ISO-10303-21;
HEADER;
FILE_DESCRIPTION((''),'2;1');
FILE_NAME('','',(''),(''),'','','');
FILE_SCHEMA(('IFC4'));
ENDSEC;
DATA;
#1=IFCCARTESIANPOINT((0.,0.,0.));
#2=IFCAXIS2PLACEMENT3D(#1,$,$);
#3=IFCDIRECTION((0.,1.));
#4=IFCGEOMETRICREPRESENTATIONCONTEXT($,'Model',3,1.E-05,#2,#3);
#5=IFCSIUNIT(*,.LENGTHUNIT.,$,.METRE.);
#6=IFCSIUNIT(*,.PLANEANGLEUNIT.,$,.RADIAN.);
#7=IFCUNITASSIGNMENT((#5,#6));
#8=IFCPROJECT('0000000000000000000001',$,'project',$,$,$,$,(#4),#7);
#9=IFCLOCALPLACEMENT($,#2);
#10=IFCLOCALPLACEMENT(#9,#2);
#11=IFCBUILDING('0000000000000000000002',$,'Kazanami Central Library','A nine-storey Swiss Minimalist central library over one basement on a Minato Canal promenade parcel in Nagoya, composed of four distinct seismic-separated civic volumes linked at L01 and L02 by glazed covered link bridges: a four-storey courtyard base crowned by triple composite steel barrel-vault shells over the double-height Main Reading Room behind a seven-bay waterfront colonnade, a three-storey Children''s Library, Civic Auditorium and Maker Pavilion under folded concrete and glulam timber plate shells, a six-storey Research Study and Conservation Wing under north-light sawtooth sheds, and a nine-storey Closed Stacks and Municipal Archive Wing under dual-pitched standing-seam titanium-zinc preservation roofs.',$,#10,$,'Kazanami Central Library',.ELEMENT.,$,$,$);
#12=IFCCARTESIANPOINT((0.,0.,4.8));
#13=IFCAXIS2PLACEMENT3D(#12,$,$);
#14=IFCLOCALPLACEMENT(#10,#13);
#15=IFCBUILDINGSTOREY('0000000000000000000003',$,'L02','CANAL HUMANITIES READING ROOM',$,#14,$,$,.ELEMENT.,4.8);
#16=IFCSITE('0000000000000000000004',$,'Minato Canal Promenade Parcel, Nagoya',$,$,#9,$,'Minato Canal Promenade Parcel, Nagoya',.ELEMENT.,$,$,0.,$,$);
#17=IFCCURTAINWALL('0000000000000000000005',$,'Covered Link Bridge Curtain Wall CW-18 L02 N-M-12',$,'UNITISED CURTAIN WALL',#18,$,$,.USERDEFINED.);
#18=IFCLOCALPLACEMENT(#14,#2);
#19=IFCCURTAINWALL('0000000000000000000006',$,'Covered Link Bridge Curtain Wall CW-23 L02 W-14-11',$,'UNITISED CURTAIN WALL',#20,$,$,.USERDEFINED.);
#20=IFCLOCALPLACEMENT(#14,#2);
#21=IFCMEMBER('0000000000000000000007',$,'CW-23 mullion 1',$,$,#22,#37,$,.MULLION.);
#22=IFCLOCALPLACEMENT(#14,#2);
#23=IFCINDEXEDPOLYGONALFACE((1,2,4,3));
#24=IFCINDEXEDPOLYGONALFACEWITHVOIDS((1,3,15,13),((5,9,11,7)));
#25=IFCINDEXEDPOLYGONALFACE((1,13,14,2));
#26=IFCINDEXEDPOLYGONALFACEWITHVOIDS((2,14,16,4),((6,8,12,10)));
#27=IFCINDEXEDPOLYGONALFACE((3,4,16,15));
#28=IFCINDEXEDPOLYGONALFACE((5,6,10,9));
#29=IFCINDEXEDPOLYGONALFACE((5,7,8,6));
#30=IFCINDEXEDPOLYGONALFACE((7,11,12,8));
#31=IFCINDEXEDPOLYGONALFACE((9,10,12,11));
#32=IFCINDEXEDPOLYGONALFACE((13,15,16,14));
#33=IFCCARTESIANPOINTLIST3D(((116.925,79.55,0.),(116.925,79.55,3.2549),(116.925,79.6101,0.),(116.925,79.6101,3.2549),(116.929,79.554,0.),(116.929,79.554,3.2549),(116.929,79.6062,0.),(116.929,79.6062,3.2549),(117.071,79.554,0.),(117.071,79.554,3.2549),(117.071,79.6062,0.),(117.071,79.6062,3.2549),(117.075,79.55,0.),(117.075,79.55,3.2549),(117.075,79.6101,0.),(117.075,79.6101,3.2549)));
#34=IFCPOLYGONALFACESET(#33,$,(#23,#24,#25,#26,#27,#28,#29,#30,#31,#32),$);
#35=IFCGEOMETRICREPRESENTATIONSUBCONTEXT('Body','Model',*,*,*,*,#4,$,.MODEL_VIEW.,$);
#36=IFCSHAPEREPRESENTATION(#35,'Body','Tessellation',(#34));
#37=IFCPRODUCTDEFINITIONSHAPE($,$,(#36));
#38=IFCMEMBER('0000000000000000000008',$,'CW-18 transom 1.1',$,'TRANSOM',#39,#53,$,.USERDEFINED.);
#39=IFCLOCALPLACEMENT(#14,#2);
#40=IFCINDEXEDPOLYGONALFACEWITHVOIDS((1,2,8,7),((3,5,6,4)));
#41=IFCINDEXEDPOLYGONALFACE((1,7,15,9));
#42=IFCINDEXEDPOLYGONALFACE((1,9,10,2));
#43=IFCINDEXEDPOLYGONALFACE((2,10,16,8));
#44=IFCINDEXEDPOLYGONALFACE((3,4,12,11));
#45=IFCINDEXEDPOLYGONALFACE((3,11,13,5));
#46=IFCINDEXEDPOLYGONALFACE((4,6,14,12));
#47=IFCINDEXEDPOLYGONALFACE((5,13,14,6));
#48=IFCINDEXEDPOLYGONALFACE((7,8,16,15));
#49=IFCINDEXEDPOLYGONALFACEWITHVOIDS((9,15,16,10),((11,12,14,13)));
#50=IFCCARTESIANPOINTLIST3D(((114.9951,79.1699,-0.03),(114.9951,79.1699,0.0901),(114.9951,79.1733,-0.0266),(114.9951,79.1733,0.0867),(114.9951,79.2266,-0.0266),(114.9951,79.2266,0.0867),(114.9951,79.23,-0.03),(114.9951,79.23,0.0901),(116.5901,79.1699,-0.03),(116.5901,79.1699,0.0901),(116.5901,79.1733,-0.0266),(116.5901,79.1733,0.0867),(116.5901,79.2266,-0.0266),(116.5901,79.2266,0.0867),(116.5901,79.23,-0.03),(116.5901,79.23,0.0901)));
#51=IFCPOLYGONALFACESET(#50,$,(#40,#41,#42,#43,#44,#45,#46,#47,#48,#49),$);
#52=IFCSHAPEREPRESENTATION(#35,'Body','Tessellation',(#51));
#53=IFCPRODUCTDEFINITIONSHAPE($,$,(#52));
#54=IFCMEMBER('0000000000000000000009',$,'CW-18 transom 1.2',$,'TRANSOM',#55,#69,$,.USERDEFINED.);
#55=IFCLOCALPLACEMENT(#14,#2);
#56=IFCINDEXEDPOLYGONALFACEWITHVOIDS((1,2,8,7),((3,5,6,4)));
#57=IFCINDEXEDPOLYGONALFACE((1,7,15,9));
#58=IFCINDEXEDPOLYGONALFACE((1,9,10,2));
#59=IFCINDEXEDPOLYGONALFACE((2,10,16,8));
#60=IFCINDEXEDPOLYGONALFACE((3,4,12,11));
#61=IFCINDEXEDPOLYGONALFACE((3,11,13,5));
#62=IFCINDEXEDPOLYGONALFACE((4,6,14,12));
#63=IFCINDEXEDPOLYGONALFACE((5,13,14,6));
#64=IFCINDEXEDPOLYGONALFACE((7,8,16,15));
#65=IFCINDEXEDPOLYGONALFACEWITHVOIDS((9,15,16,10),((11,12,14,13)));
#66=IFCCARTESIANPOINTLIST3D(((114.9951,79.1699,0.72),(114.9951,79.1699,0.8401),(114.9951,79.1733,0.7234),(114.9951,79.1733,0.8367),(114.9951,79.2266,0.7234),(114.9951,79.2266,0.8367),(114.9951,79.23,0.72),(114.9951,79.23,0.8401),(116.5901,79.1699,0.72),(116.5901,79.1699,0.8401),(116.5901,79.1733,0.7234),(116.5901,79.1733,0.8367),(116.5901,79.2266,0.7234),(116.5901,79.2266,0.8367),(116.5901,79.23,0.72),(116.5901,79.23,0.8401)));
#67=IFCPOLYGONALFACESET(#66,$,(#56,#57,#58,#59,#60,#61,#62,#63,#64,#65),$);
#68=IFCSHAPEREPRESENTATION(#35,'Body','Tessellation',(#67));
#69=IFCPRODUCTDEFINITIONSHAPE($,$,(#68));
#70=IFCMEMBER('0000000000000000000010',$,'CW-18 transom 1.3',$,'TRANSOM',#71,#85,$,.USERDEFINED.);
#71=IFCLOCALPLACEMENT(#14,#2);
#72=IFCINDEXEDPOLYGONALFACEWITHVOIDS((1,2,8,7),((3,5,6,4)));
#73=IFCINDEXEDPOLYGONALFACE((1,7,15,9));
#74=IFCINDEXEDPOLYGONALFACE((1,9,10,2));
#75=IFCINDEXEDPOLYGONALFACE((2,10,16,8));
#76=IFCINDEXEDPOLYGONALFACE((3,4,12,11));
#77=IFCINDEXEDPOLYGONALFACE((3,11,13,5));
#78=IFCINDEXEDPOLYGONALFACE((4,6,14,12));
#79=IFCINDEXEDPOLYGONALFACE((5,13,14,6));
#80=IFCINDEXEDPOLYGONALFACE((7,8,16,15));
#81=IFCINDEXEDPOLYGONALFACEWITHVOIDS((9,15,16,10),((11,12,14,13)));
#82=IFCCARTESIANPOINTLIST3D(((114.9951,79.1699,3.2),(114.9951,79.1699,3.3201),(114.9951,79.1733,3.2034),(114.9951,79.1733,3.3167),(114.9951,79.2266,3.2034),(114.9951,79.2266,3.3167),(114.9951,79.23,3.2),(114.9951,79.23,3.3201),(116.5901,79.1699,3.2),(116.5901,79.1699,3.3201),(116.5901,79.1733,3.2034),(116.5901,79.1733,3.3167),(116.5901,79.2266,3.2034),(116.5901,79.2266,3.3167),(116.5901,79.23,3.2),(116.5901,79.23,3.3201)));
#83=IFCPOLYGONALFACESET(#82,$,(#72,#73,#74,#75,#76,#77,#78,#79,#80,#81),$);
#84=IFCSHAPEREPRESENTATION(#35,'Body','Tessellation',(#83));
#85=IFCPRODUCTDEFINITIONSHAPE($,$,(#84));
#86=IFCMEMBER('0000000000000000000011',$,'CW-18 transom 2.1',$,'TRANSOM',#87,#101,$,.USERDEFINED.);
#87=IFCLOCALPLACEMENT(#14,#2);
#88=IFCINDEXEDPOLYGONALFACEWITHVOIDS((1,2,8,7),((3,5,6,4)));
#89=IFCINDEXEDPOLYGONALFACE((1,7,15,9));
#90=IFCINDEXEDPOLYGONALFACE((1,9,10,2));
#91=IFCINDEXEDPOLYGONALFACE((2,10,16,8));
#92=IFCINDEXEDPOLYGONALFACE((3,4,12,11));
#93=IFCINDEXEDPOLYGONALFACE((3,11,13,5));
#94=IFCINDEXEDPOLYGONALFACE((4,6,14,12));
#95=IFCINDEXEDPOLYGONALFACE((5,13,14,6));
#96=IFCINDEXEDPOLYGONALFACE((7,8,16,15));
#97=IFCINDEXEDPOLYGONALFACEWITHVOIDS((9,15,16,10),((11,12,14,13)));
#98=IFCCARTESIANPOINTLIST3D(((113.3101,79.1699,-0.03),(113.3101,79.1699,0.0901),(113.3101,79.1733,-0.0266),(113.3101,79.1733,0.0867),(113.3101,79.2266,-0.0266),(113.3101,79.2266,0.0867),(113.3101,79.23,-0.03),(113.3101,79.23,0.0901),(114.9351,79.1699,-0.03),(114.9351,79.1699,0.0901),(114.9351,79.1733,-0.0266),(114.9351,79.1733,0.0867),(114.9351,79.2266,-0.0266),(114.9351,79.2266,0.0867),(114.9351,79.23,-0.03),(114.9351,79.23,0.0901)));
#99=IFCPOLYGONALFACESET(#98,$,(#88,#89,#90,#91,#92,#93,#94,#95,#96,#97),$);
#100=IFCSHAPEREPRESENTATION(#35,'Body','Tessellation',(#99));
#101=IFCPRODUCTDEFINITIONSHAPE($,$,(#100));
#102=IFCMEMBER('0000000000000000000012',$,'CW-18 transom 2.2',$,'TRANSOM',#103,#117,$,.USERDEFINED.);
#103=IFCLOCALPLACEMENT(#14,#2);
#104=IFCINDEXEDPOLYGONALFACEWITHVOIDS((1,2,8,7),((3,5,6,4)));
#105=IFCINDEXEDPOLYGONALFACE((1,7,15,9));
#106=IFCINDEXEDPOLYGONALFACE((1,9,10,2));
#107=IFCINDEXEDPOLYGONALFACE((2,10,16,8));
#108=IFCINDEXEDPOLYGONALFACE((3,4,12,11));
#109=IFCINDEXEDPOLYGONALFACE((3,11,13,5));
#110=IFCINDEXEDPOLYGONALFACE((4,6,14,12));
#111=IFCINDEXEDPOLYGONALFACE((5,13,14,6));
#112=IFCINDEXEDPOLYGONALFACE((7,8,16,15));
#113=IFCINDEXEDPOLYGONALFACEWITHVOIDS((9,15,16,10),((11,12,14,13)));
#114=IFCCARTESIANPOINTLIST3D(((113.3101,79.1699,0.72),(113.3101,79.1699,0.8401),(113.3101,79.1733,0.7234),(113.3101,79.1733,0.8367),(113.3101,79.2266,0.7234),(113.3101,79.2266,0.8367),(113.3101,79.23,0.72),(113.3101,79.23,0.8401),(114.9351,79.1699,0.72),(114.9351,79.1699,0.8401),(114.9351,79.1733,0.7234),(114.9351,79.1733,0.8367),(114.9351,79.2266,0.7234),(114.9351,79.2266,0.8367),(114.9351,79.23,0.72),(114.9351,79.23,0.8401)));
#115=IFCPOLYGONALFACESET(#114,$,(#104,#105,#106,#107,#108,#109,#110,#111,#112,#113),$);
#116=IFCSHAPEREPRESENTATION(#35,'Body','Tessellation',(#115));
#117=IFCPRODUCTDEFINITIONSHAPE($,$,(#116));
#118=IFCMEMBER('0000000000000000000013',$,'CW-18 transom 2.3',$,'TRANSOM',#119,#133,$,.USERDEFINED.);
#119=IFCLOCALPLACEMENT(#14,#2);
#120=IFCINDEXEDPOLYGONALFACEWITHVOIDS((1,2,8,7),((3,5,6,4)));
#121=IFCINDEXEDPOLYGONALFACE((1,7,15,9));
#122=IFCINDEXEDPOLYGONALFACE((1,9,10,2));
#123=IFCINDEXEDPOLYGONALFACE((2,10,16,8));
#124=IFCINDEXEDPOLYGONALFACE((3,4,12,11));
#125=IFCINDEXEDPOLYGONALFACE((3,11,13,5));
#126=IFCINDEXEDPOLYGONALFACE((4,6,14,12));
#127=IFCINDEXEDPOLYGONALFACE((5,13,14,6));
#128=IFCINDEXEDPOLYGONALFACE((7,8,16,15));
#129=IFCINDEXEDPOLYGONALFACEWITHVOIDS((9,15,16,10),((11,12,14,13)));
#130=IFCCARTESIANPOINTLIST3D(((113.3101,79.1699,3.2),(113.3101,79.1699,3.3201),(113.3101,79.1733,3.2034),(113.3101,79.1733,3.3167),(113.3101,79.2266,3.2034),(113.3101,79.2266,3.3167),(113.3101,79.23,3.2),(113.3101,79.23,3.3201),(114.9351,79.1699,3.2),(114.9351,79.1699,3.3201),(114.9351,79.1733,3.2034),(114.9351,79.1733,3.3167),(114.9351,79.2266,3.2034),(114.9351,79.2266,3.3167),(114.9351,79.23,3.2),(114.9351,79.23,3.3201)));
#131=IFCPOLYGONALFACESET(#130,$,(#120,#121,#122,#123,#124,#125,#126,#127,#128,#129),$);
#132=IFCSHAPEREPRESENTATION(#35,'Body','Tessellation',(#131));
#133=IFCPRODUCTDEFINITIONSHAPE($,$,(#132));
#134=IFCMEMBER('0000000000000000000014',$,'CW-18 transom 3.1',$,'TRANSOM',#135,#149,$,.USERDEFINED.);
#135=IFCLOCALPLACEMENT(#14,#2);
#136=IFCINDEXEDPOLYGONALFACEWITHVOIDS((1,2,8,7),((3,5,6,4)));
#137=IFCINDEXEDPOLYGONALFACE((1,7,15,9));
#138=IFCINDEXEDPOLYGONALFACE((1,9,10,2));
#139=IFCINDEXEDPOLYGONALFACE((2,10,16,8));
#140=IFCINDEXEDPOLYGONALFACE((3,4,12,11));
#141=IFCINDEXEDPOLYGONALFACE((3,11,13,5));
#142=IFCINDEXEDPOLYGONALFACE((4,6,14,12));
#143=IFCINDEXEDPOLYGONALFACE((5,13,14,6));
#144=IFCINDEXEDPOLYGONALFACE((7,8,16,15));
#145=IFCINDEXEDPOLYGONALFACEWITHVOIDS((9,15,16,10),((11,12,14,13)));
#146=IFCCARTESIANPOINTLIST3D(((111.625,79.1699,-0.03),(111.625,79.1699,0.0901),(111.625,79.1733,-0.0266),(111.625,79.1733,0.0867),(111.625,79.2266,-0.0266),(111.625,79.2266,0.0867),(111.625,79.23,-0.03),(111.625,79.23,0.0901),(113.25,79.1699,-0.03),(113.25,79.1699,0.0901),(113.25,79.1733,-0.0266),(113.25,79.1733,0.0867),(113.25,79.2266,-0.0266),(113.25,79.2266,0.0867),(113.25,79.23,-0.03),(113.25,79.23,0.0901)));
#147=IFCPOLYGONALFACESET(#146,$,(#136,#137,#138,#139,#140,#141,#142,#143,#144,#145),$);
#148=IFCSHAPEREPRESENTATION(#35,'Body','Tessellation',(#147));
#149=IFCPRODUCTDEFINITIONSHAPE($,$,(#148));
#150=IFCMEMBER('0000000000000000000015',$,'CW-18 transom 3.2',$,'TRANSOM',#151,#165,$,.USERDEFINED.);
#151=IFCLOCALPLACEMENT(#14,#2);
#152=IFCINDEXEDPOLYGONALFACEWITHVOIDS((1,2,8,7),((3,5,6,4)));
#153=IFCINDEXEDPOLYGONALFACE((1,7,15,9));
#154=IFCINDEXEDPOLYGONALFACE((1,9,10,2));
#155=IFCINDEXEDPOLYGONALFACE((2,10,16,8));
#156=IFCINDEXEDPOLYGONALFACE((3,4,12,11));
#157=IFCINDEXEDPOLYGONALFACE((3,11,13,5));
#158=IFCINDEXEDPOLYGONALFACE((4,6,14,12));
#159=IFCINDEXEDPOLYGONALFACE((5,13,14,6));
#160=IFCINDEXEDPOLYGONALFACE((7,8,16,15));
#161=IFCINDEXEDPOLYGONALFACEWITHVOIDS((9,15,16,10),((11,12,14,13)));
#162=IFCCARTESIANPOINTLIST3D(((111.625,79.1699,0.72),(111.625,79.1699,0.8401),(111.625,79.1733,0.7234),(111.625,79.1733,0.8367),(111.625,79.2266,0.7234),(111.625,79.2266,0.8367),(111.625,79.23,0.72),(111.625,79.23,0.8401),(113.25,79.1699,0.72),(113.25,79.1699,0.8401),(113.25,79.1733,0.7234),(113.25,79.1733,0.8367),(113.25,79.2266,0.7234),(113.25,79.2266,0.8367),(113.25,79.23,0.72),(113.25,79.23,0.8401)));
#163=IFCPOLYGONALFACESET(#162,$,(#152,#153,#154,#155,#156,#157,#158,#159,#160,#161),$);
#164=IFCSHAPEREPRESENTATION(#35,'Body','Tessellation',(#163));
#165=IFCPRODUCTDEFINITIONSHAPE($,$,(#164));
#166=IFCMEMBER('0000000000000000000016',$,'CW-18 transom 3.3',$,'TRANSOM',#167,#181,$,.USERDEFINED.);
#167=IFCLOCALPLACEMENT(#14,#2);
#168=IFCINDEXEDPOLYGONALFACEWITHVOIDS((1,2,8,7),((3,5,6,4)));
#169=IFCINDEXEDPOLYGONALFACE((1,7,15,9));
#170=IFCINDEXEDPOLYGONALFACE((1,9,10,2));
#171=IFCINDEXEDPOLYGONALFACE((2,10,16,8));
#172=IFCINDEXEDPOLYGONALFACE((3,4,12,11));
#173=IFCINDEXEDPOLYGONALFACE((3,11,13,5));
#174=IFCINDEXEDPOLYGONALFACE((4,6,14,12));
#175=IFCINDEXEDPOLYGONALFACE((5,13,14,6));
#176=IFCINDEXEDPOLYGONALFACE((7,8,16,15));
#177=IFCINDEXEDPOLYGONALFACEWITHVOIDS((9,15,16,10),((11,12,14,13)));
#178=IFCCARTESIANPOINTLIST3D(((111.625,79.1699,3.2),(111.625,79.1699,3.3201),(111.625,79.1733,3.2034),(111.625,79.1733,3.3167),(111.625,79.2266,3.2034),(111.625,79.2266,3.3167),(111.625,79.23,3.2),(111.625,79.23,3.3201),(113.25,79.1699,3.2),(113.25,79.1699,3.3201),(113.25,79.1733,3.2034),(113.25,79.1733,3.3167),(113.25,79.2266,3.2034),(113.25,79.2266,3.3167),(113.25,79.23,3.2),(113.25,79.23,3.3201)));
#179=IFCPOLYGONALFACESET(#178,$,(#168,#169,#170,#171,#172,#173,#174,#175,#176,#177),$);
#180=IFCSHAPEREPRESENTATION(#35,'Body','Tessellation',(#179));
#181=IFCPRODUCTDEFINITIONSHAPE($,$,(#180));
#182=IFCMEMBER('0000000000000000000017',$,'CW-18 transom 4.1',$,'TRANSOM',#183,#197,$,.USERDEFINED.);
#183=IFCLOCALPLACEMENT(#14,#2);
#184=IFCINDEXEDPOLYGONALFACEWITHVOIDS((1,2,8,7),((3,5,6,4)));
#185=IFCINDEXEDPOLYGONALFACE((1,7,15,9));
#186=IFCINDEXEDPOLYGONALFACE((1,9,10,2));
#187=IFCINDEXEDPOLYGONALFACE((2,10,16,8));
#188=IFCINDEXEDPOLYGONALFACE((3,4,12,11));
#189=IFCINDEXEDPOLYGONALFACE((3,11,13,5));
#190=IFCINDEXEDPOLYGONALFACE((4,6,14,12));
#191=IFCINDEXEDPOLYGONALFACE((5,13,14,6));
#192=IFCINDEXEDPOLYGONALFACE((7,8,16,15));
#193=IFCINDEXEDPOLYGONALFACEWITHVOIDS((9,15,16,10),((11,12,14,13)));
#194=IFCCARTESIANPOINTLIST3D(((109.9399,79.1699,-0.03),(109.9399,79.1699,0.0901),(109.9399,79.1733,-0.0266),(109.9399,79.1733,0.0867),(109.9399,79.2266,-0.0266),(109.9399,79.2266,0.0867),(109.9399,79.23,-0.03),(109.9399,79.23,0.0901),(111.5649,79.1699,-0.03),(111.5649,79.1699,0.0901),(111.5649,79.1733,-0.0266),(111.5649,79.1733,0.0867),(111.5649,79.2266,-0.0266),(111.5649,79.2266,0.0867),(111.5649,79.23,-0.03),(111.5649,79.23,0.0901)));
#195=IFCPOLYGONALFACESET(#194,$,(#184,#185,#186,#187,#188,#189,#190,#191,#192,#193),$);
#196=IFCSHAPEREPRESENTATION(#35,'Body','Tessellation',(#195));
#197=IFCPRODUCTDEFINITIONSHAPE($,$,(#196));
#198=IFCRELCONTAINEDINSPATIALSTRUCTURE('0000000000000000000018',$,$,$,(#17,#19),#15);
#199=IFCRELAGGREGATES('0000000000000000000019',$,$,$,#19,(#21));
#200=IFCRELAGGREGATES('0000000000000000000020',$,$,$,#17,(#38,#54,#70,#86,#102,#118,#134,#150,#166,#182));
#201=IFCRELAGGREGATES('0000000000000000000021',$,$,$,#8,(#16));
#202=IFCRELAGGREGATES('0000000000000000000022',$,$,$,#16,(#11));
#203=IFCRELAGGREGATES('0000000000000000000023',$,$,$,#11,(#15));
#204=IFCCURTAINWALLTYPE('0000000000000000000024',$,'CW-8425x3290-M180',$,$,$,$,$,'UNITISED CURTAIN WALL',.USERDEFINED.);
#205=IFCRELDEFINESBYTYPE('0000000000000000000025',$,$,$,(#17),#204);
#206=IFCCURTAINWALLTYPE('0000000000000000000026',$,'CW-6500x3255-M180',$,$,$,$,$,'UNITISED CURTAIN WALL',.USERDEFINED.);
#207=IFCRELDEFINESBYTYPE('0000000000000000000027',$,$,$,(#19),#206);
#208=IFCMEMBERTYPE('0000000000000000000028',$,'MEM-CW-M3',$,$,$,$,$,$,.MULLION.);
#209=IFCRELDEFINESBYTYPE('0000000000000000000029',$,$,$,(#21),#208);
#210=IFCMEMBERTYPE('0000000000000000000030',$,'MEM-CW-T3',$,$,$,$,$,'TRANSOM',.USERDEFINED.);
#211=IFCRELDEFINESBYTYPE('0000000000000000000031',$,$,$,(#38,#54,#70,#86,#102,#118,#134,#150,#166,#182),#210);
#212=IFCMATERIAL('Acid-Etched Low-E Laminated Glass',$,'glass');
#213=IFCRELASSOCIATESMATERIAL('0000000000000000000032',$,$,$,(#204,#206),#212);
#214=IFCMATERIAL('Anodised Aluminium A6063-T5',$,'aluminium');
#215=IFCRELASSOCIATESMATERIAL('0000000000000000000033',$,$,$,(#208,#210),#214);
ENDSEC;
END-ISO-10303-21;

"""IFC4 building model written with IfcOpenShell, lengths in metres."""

from ifc_helpers import new_model, si_unit, direction, frame, origin, origin_2d, place, context, subcontext, project, spatial, hollow_rectangle, extrude, material, material_profile, profile_set, type_object, element, aggregate, save


model = new_model("IFC4")

# Units and contexts
model_context = context("Model", 3, precision=1e-05, world=origin(), true_north=direction((0.0, 1.0)))
body_context = subcontext(model_context, "Body", "Model", "MODEL_VIEW")
ifc_project = project(units=[si_unit("LENGTHUNIT", "METRE"), si_unit("PLANEANGLEUNIT", "RADIAN")], contexts=[model_context])

# Site, building, storey
site_placement = place(None, origin())
site = spatial("IfcSite", under=ifc_project, at=site_placement, Name="Minato Canal Promenade Parcel, Nagoya", LongName="Minato Canal Promenade Parcel, Nagoya", CompositionType="ELEMENT", RefElevation=0.0)
building_placement = place(site_placement, origin())
building = spatial("IfcBuilding", under=site, at=building_placement, Name="Kazanami Central Library", Description="A nine-storey Swiss Minimalist central library over one basement on a Minato Canal promenade parcel in Nagoya, composed of four distinct seismic-separated civic volumes linked at L01 and L02 by glazed covered link bridges: a four-storey courtyard base crowned by triple composite steel barrel-vault shells over the double-height Main Reading Room behind a seven-bay waterfront colonnade, a three-storey Children's Library, Civic Auditorium and Maker Pavilion under folded concrete and glulam timber plate shells, a six-storey Research Study and Conservation Wing under north-light sawtooth sheds, and a nine-storey Closed Stacks and Municipal Archive Wing under dual-pitched standing-seam titanium-zinc preservation roofs.", LongName="Kazanami Central Library", CompositionType="ELEMENT")
storey_placement = place(building_placement, frame((0.0, 0.0, 4.8)))
storey = spatial("IfcBuildingStorey", under=building, at=storey_placement, Name="L02", Description="CANAL HUMANITIES READING ROOM", CompositionType="ELEMENT", Elevation=4.8)

# Shared definitions
ifc_material_1 = material(Name="Acid-Etched Low-E Laminated Glass", Category="glass")
ifc_material_2 = material(Name="Anodised Aluminium A6063-T5", Category="aluminium")

# Curtain wall
curtain_wall_type_1 = type_object("IfcCurtainWallType", Name="CW-8425x3290-M180", ElementType="UNITISED CURTAIN WALL", PredefinedType="USERDEFINED", material=ifc_material_1)
curtain_wall_1_placement = place(storey_placement, origin())
curtain_wall_1 = element("IfcCurtainWall", 1, at=curtain_wall_1_placement, inside=storey, type_object=curtain_wall_type_1, Name="Covered Link Bridge Curtain Wall CW-18 L02 N-M-12", ObjectType="UNITISED CURTAIN WALL", PredefinedType="USERDEFINED")
ifc_material_profile_1 = material_profile(ifc_material_2, hollow_rectangle(XDim=0.0601, YDim=0.1499, WallThickness=0.0039, at=origin_2d()), Name="ALU-MULL-60x150x4")
ifc_profile_set_1 = profile_set([ifc_material_profile_1], Name="Anodised Aluminium A6063-T5")
member_type_1 = type_object("IfcMemberType", Name="MEM-CW-M3", PredefinedType="MULLION", material=ifc_profile_set_1)

# Curtain wall, member
curtain_wall_type_2 = type_object("IfcCurtainWallType", Name="CW-6500x3255-M180", ElementType="UNITISED CURTAIN WALL", PredefinedType="USERDEFINED", material=ifc_material_1)
curtain_wall_2_placement = place(storey_placement, origin())
curtain_wall_2 = element("IfcCurtainWall", 2, at=curtain_wall_2_placement, inside=storey, type_object=curtain_wall_type_2, Name="Covered Link Bridge Curtain Wall CW-23 L02 W-14-11", ObjectType="UNITISED CURTAIN WALL", PredefinedType="USERDEFINED")
member_1_placement = place(storey_placement, frame((117.0, 79.5801, 0.0), z_axis=(0.0, 0.0, 1.0), x_axis=(0.0, 1.0, 0.0)))
member_1 = element("IfcMember", 3, at=member_1_placement, type_object=member_type_1, Name="CW-23 mullion 1", PredefinedType="MULLION", context=body_context, shape_type="SweptSolid", body=[
    extrude(hollow_rectangle(XDim=0.0601, YDim=0.1499, WallThickness=0.0039, at=origin_2d()), origin(), (0.0, 0.0, 1.0), 3.2549),
])
aggregate(curtain_wall_2, [member_1])

# Members
ifc_material_profile_2 = material_profile(ifc_material_2, hollow_rectangle(XDim=0.0601, YDim=0.1201, WallThickness=0.0034, at=origin_2d()), Name="ALU-TRAN-60x120x3.5")
ifc_profile_set_2 = profile_set([ifc_material_profile_2], Name="Anodised Aluminium A6063-T5")
member_type_2 = type_object("IfcMemberType", Name="MEM-CW-T3", ElementType="TRANSOM", PredefinedType="USERDEFINED", material=ifc_profile_set_2)
member_2_placement = place(storey_placement, frame((116.5901, 79.2, 0.03), z_axis=(-1.0, 0.0, 0.0), x_axis=(0.0, -1.0, 0.0)))
member_2 = element("IfcMember", 4, at=member_2_placement, type_object=member_type_2, Name="CW-18 transom 1.1", ObjectType="TRANSOM", PredefinedType="USERDEFINED", context=body_context, shape_type="SweptSolid", body=[
    extrude(hollow_rectangle(XDim=0.0601, YDim=0.1201, WallThickness=0.0034, at=origin_2d()), origin(), (0.0, 0.0, 1.0), 1.595),
])
member_3_placement = place(storey_placement, frame((116.5901, 79.2, 0.78), z_axis=(-1.0, 0.0, 0.0), x_axis=(0.0, -1.0, 0.0)))
member_3 = element("IfcMember", 5, at=member_3_placement, type_object=member_type_2, Name="CW-18 transom 1.2", ObjectType="TRANSOM", PredefinedType="USERDEFINED", context=body_context, shape_type="SweptSolid", body=[
    extrude(hollow_rectangle(XDim=0.0601, YDim=0.1201, WallThickness=0.0034, at=origin_2d()), origin(), (0.0, 0.0, 1.0), 1.595),
])
member_4_placement = place(storey_placement, frame((116.5901, 79.2, 3.26), z_axis=(-1.0, 0.0, 0.0), x_axis=(0.0, -1.0, 0.0)))
member_4 = element("IfcMember", 6, at=member_4_placement, type_object=member_type_2, Name="CW-18 transom 1.3", ObjectType="TRANSOM", PredefinedType="USERDEFINED", context=body_context, shape_type="SweptSolid", body=[
    extrude(hollow_rectangle(XDim=0.0601, YDim=0.1201, WallThickness=0.0034, at=origin_2d()), origin(), (0.0, 0.0, 1.0), 1.595),
])
member_5_placement = place(storey_placement, frame((114.9351, 79.2, 0.03), z_axis=(-1.0, 0.0, 0.0), x_axis=(0.0, -1.0, 0.0)))
member_5 = element("IfcMember", 7, at=member_5_placement, type_object=member_type_2, Name="CW-18 transom 2.1", ObjectType="TRANSOM", PredefinedType="USERDEFINED", context=body_context, shape_type="SweptSolid", body=[
    extrude(hollow_rectangle(XDim=0.0601, YDim=0.1201, WallThickness=0.0034, at=origin_2d()), origin(), (0.0, 0.0, 1.0), 1.625),
])
member_6_placement = place(storey_placement, frame((114.9351, 79.2, 0.78), z_axis=(-1.0, 0.0, 0.0), x_axis=(0.0, -1.0, 0.0)))
member_6 = element("IfcMember", 8, at=member_6_placement, type_object=member_type_2, Name="CW-18 transom 2.2", ObjectType="TRANSOM", PredefinedType="USERDEFINED", context=body_context, shape_type="SweptSolid", body=[
    extrude(hollow_rectangle(XDim=0.0601, YDim=0.1201, WallThickness=0.0034, at=origin_2d()), origin(), (0.0, 0.0, 1.0), 1.625),
])
member_7_placement = place(storey_placement, frame((114.9351, 79.2, 3.26), z_axis=(-1.0, 0.0, 0.0), x_axis=(0.0, -1.0, 0.0)))
member_7 = element("IfcMember", 9, at=member_7_placement, type_object=member_type_2, Name="CW-18 transom 2.3", ObjectType="TRANSOM", PredefinedType="USERDEFINED", context=body_context, shape_type="SweptSolid", body=[
    extrude(hollow_rectangle(XDim=0.0601, YDim=0.1201, WallThickness=0.0034, at=origin_2d()), origin(), (0.0, 0.0, 1.0), 1.625),
])
member_8_placement = place(storey_placement, frame((113.25, 79.2, 0.03), z_axis=(-1.0, 0.0, 0.0), x_axis=(0.0, -1.0, 0.0)))
member_8 = element("IfcMember", 10, at=member_8_placement, type_object=member_type_2, Name="CW-18 transom 3.1", ObjectType="TRANSOM", PredefinedType="USERDEFINED", context=body_context, shape_type="SweptSolid", body=[
    extrude(hollow_rectangle(XDim=0.0601, YDim=0.1201, WallThickness=0.0034, at=origin_2d()), origin(), (0.0, 0.0, 1.0), 1.625),
])
member_9_placement = place(storey_placement, frame((113.25, 79.2, 0.78), z_axis=(-1.0, 0.0, 0.0), x_axis=(0.0, -1.0, 0.0)))
member_9 = element("IfcMember", 11, at=member_9_placement, type_object=member_type_2, Name="CW-18 transom 3.2", ObjectType="TRANSOM", PredefinedType="USERDEFINED", context=body_context, shape_type="SweptSolid", body=[
    extrude(hollow_rectangle(XDim=0.0601, YDim=0.1201, WallThickness=0.0034, at=origin_2d()), origin(), (0.0, 0.0, 1.0), 1.625),
])
member_10_placement = place(storey_placement, frame((113.25, 79.2, 3.26), z_axis=(-1.0, 0.0, 0.0), x_axis=(0.0, -1.0, 0.0)))
member_10 = element("IfcMember", 12, at=member_10_placement, type_object=member_type_2, Name="CW-18 transom 3.3", ObjectType="TRANSOM", PredefinedType="USERDEFINED", context=body_context, shape_type="SweptSolid", body=[
    extrude(hollow_rectangle(XDim=0.0601, YDim=0.1201, WallThickness=0.0034, at=origin_2d()), origin(), (0.0, 0.0, 1.0), 1.625),
])
member_11_placement = place(storey_placement, frame((111.5649, 79.2, 0.03), z_axis=(-1.0, 0.0, 0.0), x_axis=(0.0, -1.0, 0.0)))
member_11 = element("IfcMember", 13, at=member_11_placement, type_object=member_type_2, Name="CW-18 transom 4.1", ObjectType="TRANSOM", PredefinedType="USERDEFINED", context=body_context, shape_type="SweptSolid", body=[
    extrude(hollow_rectangle(XDim=0.0601, YDim=0.1201, WallThickness=0.0034, at=origin_2d()), origin(), (0.0, 0.0, 1.0), 1.625),
])

aggregate(curtain_wall_1, [member_2, member_3, member_4, member_5, member_6, member_7, member_8, member_9, member_10, member_11])

save(model, "model.ifc")
